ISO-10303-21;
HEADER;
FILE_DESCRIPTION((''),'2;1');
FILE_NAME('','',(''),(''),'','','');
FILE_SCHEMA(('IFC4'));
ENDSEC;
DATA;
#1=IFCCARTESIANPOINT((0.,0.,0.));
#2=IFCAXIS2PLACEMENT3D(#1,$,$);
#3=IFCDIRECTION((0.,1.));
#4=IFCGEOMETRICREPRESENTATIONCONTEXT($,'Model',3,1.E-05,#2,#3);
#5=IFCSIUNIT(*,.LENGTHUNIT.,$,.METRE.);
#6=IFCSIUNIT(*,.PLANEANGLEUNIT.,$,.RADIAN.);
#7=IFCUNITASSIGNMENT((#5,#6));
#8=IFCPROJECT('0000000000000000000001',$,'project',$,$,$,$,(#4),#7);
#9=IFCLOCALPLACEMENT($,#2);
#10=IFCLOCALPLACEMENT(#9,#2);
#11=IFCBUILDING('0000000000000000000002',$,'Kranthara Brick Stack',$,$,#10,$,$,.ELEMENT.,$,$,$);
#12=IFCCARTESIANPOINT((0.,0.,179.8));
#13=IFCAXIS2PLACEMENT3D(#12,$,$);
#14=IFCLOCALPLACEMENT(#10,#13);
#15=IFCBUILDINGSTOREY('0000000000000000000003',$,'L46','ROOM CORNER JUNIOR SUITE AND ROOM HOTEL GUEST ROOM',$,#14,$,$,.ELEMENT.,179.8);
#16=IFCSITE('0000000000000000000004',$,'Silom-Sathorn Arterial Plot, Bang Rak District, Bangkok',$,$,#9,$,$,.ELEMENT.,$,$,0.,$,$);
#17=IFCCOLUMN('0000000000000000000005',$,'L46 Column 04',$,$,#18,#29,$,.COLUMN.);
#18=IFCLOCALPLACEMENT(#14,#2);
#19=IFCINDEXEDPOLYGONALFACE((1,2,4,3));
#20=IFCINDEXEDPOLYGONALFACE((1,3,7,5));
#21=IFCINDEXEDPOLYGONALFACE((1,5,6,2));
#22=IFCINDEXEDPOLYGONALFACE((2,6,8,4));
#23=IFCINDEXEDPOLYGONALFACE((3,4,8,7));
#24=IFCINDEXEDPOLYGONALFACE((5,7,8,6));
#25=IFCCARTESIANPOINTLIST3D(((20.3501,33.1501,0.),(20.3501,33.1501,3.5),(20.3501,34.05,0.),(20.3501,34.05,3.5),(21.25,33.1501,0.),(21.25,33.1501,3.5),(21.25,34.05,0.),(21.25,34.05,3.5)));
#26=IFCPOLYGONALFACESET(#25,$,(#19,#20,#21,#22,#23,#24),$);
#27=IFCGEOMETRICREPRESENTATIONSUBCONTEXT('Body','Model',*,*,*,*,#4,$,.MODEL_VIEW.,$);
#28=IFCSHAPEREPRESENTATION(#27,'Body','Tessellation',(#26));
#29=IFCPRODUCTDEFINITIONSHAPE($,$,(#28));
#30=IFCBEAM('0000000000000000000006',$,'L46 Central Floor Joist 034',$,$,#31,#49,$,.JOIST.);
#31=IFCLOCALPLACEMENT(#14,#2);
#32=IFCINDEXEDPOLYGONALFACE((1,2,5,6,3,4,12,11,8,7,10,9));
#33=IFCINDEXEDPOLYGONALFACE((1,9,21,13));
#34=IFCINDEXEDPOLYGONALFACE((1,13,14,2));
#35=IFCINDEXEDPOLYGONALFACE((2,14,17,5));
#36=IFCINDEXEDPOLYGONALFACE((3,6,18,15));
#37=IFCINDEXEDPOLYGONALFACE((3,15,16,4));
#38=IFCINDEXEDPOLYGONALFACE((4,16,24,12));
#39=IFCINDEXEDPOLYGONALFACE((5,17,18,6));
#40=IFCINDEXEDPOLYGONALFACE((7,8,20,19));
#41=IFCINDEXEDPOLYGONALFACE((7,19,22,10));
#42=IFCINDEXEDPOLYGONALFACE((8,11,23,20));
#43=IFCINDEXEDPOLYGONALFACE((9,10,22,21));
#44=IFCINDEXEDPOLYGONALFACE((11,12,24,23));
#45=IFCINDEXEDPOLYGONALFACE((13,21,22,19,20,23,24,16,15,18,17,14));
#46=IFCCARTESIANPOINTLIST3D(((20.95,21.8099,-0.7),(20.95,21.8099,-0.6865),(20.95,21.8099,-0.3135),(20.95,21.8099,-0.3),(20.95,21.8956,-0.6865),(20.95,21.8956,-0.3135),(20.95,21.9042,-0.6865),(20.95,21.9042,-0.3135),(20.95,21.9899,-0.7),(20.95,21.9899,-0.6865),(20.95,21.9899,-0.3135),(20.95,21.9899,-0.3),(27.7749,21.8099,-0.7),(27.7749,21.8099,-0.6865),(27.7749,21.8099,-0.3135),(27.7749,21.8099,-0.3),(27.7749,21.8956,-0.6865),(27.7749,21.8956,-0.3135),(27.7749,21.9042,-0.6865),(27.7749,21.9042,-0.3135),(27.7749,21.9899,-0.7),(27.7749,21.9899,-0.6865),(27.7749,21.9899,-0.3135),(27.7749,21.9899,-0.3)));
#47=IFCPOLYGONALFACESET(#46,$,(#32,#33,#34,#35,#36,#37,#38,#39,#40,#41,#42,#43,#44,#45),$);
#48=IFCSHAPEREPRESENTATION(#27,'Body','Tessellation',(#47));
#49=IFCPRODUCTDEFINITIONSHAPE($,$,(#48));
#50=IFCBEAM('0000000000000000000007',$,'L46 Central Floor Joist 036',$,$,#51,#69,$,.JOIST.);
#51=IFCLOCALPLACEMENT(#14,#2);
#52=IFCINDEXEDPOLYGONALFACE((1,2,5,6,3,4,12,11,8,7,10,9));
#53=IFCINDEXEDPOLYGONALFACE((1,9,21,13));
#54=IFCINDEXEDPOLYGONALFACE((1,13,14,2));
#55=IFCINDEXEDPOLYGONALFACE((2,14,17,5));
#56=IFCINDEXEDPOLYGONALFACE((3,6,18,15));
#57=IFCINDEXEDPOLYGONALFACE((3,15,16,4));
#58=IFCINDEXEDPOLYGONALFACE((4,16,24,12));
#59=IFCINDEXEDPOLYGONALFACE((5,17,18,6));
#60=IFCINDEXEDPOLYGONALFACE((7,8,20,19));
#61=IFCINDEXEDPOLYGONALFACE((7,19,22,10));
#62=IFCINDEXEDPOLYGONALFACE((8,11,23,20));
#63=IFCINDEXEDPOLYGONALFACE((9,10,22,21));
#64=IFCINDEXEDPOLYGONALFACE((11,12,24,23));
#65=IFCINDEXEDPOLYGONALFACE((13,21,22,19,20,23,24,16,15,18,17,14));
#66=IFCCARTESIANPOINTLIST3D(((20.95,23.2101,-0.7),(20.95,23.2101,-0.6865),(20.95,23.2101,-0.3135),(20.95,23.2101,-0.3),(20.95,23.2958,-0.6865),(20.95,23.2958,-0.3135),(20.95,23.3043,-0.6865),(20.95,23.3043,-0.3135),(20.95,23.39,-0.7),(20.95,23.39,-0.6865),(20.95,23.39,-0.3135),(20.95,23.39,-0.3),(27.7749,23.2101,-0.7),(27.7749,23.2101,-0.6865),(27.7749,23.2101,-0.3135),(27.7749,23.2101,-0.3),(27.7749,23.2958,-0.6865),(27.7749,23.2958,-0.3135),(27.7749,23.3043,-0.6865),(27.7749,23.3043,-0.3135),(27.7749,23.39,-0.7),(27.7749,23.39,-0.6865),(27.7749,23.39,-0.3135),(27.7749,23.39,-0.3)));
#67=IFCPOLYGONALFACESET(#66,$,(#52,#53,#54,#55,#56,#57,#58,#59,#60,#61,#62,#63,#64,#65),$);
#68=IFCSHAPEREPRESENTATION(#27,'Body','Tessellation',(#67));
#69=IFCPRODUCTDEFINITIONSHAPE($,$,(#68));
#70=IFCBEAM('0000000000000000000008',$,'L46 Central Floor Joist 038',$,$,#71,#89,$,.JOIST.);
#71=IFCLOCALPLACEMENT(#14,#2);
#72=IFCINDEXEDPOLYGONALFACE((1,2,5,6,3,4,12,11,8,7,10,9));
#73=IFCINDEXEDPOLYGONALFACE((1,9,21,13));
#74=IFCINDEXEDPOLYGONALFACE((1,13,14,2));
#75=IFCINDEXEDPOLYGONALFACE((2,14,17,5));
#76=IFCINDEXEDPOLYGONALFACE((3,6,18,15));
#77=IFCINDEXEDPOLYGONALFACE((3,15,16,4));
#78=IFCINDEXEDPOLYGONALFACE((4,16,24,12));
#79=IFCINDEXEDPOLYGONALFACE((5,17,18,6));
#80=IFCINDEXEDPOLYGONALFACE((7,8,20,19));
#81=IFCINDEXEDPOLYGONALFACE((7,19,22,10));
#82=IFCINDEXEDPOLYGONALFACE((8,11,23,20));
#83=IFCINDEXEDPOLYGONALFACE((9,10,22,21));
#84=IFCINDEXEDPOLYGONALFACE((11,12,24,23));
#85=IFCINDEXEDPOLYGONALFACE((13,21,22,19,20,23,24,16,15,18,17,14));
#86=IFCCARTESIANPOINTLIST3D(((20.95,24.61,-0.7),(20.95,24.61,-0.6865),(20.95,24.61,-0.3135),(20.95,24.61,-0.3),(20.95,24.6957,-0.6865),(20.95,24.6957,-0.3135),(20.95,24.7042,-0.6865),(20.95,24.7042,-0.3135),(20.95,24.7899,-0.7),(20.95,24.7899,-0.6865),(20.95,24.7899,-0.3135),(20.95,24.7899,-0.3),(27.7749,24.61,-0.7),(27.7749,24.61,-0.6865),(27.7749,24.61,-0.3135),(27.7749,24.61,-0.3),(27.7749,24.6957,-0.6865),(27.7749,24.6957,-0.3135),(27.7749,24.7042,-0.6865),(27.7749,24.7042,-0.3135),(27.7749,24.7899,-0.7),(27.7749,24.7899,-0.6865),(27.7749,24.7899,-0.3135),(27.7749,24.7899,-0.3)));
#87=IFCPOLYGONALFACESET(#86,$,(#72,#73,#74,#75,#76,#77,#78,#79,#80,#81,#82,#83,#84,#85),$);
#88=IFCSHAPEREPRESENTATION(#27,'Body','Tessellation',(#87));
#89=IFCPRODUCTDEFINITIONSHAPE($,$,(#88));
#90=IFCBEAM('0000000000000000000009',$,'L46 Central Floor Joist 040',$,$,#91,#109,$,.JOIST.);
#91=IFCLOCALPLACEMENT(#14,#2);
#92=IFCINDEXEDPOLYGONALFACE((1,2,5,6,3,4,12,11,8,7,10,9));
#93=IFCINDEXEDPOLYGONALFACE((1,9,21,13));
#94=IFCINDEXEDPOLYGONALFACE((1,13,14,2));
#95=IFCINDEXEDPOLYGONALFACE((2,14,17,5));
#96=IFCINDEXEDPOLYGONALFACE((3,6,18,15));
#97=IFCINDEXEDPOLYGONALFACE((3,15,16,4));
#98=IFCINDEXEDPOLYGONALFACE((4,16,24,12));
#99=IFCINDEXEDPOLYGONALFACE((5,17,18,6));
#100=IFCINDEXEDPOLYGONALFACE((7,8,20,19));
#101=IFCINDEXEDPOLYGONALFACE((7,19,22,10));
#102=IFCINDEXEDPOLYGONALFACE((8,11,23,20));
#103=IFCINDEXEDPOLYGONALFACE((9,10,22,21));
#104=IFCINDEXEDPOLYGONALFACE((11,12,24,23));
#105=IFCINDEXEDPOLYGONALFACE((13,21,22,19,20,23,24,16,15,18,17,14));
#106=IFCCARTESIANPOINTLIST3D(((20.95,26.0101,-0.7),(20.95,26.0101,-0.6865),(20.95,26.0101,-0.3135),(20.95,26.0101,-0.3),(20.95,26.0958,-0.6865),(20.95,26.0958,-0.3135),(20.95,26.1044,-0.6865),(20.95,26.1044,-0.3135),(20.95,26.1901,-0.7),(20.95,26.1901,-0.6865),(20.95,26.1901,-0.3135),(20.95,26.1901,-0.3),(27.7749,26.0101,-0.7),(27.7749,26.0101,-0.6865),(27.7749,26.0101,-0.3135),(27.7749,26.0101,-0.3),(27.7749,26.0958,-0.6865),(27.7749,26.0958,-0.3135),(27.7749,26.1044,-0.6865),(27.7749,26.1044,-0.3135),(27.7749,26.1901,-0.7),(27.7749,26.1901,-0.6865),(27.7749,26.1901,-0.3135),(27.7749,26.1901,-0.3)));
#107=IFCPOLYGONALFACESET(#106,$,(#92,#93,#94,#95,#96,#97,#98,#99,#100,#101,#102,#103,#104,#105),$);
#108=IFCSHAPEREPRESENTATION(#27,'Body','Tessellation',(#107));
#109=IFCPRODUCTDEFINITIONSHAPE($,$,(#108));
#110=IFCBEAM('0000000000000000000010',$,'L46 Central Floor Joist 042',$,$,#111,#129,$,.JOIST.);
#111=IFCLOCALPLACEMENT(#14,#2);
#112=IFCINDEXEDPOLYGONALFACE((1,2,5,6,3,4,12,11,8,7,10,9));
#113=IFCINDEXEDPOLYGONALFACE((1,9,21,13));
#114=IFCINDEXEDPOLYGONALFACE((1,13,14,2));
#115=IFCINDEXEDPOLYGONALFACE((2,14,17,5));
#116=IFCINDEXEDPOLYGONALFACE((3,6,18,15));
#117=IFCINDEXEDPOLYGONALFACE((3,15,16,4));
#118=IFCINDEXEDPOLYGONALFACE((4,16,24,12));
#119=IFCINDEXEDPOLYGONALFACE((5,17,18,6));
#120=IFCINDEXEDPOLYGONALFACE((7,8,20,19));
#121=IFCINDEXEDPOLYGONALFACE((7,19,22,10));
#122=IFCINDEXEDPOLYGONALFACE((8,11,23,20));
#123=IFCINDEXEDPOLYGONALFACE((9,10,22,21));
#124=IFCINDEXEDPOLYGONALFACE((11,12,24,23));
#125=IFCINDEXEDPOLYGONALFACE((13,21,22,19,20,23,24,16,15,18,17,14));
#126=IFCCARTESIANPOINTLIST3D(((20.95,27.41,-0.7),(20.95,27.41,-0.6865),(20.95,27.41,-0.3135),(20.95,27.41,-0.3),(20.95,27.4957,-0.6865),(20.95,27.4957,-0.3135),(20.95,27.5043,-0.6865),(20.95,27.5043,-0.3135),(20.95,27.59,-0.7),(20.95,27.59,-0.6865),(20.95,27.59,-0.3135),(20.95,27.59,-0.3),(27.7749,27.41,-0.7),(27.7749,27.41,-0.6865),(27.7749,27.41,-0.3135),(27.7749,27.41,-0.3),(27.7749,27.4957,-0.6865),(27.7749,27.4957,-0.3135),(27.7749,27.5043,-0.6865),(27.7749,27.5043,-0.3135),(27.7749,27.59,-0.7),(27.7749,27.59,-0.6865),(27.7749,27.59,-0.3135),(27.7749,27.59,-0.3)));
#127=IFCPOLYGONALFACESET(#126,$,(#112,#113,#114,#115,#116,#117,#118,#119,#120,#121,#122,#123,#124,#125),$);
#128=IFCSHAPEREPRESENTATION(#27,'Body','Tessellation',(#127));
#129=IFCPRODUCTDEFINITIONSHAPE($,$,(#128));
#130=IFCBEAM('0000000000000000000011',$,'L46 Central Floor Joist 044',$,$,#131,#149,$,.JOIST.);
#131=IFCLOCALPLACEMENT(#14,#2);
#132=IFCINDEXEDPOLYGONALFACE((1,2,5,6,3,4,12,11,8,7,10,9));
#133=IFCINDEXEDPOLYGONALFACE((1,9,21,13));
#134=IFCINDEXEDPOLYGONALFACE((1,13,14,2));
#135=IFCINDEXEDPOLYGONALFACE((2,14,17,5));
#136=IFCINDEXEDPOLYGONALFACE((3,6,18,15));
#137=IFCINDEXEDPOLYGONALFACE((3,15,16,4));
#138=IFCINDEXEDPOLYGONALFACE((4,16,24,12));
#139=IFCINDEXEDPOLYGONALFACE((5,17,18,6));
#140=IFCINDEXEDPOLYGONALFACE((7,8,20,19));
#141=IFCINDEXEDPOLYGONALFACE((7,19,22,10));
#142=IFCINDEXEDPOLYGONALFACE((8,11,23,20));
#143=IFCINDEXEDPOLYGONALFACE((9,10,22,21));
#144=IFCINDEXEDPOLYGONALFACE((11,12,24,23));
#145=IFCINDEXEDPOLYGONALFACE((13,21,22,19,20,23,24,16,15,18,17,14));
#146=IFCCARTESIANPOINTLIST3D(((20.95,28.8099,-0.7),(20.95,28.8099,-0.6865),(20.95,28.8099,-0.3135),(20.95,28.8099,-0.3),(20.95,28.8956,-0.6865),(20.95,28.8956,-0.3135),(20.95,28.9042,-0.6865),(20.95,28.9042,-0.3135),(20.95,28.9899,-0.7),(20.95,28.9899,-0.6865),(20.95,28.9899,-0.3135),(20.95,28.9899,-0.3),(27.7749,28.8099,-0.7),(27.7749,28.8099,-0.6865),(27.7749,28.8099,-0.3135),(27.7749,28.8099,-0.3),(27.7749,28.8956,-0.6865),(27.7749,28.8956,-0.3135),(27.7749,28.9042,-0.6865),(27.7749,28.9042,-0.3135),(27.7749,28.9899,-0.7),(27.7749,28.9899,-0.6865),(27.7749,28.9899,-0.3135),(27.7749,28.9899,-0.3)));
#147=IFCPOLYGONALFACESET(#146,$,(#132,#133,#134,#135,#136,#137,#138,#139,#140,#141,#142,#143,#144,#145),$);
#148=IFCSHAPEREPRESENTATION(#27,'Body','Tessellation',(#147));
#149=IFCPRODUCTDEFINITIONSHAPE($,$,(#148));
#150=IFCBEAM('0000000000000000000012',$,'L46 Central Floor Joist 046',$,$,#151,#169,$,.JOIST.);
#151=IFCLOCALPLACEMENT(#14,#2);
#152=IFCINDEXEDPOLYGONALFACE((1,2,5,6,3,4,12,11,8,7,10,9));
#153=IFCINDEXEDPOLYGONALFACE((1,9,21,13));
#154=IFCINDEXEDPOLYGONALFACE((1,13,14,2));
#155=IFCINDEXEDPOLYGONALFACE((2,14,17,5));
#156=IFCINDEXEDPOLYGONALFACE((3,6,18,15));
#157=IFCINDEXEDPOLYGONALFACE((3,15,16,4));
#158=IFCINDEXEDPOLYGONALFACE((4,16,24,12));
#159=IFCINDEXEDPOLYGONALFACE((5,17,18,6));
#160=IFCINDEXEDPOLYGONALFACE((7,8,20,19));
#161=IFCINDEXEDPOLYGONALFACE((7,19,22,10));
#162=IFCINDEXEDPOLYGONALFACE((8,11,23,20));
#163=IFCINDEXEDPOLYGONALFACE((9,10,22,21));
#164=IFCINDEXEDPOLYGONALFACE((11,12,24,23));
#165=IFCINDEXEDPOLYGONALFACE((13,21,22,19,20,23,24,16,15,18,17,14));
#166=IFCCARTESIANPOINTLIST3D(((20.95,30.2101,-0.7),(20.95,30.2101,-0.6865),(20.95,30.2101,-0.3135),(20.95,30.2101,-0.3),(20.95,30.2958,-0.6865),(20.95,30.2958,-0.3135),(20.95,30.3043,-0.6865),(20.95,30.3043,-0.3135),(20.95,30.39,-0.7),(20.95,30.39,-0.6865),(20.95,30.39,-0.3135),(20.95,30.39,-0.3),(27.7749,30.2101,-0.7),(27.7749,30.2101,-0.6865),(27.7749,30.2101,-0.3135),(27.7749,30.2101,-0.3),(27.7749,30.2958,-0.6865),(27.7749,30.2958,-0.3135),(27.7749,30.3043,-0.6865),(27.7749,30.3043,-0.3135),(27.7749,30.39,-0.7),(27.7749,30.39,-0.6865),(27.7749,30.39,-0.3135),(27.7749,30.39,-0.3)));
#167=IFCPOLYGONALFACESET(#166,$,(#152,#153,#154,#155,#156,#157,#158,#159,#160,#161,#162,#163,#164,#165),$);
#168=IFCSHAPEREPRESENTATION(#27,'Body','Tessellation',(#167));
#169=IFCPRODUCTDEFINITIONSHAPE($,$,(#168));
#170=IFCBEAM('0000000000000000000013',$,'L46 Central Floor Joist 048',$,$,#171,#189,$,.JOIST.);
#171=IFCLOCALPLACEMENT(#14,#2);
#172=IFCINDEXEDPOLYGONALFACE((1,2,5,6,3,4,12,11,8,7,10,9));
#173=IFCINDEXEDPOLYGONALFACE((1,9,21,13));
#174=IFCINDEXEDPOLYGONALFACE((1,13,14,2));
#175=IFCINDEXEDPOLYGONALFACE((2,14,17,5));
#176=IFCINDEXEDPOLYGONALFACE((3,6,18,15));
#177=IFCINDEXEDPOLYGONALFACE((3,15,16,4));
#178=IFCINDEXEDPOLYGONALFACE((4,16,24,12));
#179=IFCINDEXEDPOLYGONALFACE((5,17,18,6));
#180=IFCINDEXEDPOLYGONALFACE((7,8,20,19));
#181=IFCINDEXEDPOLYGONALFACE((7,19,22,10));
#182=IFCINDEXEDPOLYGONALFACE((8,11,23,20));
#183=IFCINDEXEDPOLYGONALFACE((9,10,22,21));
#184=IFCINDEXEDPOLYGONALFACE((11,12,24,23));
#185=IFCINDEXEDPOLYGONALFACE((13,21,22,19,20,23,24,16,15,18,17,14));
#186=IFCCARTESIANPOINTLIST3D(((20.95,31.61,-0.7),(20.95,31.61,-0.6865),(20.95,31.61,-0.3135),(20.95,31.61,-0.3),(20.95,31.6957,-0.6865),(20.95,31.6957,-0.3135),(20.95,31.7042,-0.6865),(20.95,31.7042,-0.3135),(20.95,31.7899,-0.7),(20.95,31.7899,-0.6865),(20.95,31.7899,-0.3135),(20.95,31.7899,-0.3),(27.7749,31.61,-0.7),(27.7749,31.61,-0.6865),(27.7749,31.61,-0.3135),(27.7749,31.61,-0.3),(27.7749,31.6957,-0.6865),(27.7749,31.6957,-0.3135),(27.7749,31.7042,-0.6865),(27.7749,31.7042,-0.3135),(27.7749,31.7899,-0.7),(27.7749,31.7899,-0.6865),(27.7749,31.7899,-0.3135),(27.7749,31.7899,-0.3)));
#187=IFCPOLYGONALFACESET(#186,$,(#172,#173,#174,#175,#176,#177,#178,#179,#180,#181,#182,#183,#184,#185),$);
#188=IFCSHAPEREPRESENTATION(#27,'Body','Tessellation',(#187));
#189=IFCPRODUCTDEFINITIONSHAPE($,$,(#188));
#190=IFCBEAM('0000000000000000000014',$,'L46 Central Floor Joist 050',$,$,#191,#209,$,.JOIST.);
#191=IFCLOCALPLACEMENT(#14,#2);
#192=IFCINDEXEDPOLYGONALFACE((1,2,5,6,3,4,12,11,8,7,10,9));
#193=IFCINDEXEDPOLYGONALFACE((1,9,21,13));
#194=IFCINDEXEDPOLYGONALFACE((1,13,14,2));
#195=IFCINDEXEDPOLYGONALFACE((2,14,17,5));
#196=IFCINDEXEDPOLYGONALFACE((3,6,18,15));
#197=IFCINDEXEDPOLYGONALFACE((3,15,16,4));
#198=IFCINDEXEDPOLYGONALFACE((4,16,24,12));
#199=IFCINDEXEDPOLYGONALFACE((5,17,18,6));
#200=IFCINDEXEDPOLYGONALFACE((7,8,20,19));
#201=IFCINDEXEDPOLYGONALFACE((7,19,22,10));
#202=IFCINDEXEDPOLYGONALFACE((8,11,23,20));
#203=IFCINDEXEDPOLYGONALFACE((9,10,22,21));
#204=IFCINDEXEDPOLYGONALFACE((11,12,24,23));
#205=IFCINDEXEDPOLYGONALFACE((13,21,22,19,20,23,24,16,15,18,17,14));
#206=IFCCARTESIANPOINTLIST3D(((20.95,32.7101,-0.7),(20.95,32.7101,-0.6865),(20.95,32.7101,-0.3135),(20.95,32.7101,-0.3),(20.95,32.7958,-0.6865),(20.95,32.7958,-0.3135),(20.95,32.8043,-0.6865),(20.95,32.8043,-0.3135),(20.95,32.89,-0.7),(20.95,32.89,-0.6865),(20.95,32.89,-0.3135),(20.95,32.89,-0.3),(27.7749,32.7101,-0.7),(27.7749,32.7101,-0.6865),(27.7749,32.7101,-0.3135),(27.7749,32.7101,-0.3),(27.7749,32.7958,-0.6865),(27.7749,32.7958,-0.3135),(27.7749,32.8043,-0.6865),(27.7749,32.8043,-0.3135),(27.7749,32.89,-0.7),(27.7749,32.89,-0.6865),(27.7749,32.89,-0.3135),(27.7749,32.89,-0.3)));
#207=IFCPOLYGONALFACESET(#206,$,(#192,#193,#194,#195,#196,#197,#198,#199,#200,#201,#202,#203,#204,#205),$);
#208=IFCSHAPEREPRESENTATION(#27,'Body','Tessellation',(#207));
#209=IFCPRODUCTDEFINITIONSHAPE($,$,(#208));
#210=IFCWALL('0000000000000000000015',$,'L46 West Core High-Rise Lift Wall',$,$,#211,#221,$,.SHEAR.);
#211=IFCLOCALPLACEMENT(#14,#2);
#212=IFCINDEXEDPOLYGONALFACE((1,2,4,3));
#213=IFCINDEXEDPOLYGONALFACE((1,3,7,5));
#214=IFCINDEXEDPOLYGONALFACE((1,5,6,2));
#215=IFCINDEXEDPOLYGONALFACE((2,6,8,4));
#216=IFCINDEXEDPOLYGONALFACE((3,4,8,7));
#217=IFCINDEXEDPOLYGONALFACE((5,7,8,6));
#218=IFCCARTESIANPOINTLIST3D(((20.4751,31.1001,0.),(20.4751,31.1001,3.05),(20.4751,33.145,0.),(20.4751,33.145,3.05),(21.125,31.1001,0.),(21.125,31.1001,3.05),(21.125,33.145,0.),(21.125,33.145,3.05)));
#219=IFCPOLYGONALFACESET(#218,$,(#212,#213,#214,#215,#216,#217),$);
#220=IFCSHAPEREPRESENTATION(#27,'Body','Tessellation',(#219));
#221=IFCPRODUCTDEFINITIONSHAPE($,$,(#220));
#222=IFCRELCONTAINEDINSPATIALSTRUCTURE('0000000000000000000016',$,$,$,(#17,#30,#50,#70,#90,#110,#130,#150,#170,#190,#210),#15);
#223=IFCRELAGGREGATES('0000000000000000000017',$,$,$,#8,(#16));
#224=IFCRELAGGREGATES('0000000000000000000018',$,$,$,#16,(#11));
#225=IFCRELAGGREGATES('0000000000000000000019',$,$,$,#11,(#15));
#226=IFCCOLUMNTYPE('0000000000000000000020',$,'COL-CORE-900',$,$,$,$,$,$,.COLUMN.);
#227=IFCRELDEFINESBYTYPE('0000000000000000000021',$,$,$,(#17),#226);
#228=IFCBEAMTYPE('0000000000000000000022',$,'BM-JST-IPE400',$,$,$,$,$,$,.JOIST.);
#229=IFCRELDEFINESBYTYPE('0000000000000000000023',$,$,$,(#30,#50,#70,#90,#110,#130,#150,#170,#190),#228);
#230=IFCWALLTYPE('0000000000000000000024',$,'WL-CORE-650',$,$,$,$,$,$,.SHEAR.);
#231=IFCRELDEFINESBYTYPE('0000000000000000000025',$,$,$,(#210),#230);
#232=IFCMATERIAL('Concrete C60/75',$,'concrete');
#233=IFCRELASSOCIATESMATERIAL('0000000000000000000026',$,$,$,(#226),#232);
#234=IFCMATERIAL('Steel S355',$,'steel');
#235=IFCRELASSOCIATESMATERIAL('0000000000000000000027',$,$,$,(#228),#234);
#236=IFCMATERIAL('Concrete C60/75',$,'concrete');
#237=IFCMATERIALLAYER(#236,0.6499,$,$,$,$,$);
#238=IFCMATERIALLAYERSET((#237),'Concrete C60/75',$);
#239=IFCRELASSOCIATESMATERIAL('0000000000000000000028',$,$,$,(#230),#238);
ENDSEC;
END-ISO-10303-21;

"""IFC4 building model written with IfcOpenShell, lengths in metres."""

from ifc_helpers import new_model, si_unit, direction, frame, frame_2d, origin, origin_2d, place, context, subcontext, project, spatial, rectangle, i_section, extrude, material, layer, layer_set, material_profile, profile_set, type_object, element, save


model = new_model("IFC4")

# Units and contexts
model_context = context("Model", 3, precision=1e-05, world=origin(), true_north=direction((0.0, 1.0)))
body_context = subcontext(model_context, "Body", "Model", "MODEL_VIEW")
ifc_project = project(units=[si_unit("LENGTHUNIT", "METRE"), si_unit("PLANEANGLEUNIT", "RADIAN")], contexts=[model_context])

# Site, building, storey
site_placement = place(None, origin())
site = spatial("IfcSite", under=ifc_project, at=site_placement, Name="Silom-Sathorn Arterial Plot, Bang Rak District, Bangkok", CompositionType="ELEMENT", RefElevation=0.0)
building_placement = place(site_placement, origin())
building = spatial("IfcBuilding", under=site, at=building_placement, Name="Kranthara Brick Stack", CompositionType="ELEMENT")
storey_placement = place(building_placement, frame((0.0, 0.0, 179.8)))
storey = spatial("IfcBuildingStorey", under=building, at=storey_placement, Name="L46", Description="ROOM CORNER JUNIOR SUITE AND ROOM HOTEL GUEST ROOM", CompositionType="ELEMENT", Elevation=179.8)

# Column
ifc_material_1 = material(Name="Concrete C60/75", Category="concrete")
ifc_material_profile_1 = material_profile(ifc_material_1, rectangle(XDim=0.8999, YDim=0.8999, at=origin_2d()), Name="RC 900x900")
ifc_profile_set_1 = profile_set([ifc_material_profile_1], Name="Concrete C60/75")
column_type = type_object("IfcColumnType", Name="COL-CORE-900", PredefinedType="COLUMN", material=ifc_profile_set_1)
column_placement = place(storey_placement, frame((20.8, 33.6001, 0.0), z_axis=(0.0, 0.0, 1.0), x_axis=(1.0, 0.0, 0.0)))
element("IfcColumn", 1, at=column_placement, inside=storey, type_object=column_type, Name="L46 Column 04", PredefinedType="COLUMN", context=body_context, shape_type="SweptSolid", body=[
    extrude(rectangle(XDim=0.8999, YDim=0.8999, at=origin_2d()), origin(), (0.0, 0.0, 1.0), 3.5),
])

# Beams
ifc_material_2 = material(Name="Steel S355", Category="steel")
ifc_material_profile_2 = material_profile(ifc_material_2, i_section(OverallWidth=0.1799, OverallDepth=0.3999, WebThickness=0.0085, FlangeThickness=0.0134, at=origin_2d()), Name="IPE 400")
ifc_profile_set_2 = profile_set([ifc_material_profile_2], Name="Steel S355")
beam_type = type_object("IfcBeamType", Name="BM-JST-IPE400", PredefinedType="JOIST", material=ifc_profile_set_2)
for number, where, z_axis, x_axis, name in (
    (2, (20.95, 21.8999, -0.5), (1.0, 0.0, 0.0), (0.0, 1.0, 0.0), "L46 Central Floor Joist 034"),
    (3, (20.95, 23.3, -0.5), (1.0, 0.0, 0.0), (0.0, 1.0, 0.0), "L46 Central Floor Joist 036"),
    (4, (20.95, 24.7, -0.5), (1.0, 0.0, 0.0), (0.0, 1.0, 0.0), "L46 Central Floor Joist 038"),
    (5, (20.95, 26.1001, -0.5), (1.0, 0.0, 0.0), (0.0, 1.0, 0.0), "L46 Central Floor Joist 040"),
    (6, (20.95, 27.5, -0.5), (1.0, 0.0, 0.0), (0.0, 1.0, 0.0), "L46 Central Floor Joist 042"),
    (7, (20.95, 28.8999, -0.5), (1.0, 0.0, 0.0), (0.0, 1.0, 0.0), "L46 Central Floor Joist 044"),
    (8, (20.95, 30.3, -0.5), (1.0, 0.0, 0.0), (0.0, 1.0, 0.0), "L46 Central Floor Joist 046"),
    (9, (20.95, 31.7, -0.5), (1.0, 0.0, 0.0), (0.0, 1.0, 0.0), "L46 Central Floor Joist 048"),
    (10, (20.95, 32.8, -0.5), (1.0, 0.0, 0.0), (0.0, 1.0, 0.0), "L46 Central Floor Joist 050"),
):
    element("IfcBeam", number, at=place(storey_placement, frame(where, z_axis=z_axis, x_axis=x_axis)), inside=storey, type_object=beam_type, Name=name, PredefinedType="JOIST", context=body_context, shape_type="SweptSolid", body=[
        extrude(i_section(OverallWidth=0.1799, OverallDepth=0.3999, WebThickness=0.0085, FlangeThickness=0.0134, at=origin_2d()), origin(), (0.0, 0.0, 1.0), 6.825),
    ])

# Shared definitions
ifc_material_3 = material(Name="Concrete C60/75", Category="concrete")
ifc_layer_1 = layer(ifc_material_3, 0.6499)
ifc_layer_set_1 = layer_set([ifc_layer_1], Name="Concrete C60/75")
wall_type_1 = type_object("IfcWallType", Name="WL-CORE-650", PredefinedType="SHEAR", material=ifc_layer_set_1)

# Wall
wall_1_placement = place(storey_placement, frame((20.8, 31.1001, 0.0), z_axis=(0.0, 0.0, 1.0), x_axis=(0.0, 1.0, 0.0)))
element("IfcWall", 11, at=wall_1_placement, inside=storey, type_object=wall_type_1, Name="L46 West Core High-Rise Lift Wall", PredefinedType="SHEAR", context=body_context, shape_type="SweptSolid", body=[
    extrude(rectangle(XDim=2.0449, YDim=0.6499, at=frame_2d((1.0225, 0.0))), origin(), (0.0, 0.0, 1.0), 3.05),
])

save(model, "model.ifc")
